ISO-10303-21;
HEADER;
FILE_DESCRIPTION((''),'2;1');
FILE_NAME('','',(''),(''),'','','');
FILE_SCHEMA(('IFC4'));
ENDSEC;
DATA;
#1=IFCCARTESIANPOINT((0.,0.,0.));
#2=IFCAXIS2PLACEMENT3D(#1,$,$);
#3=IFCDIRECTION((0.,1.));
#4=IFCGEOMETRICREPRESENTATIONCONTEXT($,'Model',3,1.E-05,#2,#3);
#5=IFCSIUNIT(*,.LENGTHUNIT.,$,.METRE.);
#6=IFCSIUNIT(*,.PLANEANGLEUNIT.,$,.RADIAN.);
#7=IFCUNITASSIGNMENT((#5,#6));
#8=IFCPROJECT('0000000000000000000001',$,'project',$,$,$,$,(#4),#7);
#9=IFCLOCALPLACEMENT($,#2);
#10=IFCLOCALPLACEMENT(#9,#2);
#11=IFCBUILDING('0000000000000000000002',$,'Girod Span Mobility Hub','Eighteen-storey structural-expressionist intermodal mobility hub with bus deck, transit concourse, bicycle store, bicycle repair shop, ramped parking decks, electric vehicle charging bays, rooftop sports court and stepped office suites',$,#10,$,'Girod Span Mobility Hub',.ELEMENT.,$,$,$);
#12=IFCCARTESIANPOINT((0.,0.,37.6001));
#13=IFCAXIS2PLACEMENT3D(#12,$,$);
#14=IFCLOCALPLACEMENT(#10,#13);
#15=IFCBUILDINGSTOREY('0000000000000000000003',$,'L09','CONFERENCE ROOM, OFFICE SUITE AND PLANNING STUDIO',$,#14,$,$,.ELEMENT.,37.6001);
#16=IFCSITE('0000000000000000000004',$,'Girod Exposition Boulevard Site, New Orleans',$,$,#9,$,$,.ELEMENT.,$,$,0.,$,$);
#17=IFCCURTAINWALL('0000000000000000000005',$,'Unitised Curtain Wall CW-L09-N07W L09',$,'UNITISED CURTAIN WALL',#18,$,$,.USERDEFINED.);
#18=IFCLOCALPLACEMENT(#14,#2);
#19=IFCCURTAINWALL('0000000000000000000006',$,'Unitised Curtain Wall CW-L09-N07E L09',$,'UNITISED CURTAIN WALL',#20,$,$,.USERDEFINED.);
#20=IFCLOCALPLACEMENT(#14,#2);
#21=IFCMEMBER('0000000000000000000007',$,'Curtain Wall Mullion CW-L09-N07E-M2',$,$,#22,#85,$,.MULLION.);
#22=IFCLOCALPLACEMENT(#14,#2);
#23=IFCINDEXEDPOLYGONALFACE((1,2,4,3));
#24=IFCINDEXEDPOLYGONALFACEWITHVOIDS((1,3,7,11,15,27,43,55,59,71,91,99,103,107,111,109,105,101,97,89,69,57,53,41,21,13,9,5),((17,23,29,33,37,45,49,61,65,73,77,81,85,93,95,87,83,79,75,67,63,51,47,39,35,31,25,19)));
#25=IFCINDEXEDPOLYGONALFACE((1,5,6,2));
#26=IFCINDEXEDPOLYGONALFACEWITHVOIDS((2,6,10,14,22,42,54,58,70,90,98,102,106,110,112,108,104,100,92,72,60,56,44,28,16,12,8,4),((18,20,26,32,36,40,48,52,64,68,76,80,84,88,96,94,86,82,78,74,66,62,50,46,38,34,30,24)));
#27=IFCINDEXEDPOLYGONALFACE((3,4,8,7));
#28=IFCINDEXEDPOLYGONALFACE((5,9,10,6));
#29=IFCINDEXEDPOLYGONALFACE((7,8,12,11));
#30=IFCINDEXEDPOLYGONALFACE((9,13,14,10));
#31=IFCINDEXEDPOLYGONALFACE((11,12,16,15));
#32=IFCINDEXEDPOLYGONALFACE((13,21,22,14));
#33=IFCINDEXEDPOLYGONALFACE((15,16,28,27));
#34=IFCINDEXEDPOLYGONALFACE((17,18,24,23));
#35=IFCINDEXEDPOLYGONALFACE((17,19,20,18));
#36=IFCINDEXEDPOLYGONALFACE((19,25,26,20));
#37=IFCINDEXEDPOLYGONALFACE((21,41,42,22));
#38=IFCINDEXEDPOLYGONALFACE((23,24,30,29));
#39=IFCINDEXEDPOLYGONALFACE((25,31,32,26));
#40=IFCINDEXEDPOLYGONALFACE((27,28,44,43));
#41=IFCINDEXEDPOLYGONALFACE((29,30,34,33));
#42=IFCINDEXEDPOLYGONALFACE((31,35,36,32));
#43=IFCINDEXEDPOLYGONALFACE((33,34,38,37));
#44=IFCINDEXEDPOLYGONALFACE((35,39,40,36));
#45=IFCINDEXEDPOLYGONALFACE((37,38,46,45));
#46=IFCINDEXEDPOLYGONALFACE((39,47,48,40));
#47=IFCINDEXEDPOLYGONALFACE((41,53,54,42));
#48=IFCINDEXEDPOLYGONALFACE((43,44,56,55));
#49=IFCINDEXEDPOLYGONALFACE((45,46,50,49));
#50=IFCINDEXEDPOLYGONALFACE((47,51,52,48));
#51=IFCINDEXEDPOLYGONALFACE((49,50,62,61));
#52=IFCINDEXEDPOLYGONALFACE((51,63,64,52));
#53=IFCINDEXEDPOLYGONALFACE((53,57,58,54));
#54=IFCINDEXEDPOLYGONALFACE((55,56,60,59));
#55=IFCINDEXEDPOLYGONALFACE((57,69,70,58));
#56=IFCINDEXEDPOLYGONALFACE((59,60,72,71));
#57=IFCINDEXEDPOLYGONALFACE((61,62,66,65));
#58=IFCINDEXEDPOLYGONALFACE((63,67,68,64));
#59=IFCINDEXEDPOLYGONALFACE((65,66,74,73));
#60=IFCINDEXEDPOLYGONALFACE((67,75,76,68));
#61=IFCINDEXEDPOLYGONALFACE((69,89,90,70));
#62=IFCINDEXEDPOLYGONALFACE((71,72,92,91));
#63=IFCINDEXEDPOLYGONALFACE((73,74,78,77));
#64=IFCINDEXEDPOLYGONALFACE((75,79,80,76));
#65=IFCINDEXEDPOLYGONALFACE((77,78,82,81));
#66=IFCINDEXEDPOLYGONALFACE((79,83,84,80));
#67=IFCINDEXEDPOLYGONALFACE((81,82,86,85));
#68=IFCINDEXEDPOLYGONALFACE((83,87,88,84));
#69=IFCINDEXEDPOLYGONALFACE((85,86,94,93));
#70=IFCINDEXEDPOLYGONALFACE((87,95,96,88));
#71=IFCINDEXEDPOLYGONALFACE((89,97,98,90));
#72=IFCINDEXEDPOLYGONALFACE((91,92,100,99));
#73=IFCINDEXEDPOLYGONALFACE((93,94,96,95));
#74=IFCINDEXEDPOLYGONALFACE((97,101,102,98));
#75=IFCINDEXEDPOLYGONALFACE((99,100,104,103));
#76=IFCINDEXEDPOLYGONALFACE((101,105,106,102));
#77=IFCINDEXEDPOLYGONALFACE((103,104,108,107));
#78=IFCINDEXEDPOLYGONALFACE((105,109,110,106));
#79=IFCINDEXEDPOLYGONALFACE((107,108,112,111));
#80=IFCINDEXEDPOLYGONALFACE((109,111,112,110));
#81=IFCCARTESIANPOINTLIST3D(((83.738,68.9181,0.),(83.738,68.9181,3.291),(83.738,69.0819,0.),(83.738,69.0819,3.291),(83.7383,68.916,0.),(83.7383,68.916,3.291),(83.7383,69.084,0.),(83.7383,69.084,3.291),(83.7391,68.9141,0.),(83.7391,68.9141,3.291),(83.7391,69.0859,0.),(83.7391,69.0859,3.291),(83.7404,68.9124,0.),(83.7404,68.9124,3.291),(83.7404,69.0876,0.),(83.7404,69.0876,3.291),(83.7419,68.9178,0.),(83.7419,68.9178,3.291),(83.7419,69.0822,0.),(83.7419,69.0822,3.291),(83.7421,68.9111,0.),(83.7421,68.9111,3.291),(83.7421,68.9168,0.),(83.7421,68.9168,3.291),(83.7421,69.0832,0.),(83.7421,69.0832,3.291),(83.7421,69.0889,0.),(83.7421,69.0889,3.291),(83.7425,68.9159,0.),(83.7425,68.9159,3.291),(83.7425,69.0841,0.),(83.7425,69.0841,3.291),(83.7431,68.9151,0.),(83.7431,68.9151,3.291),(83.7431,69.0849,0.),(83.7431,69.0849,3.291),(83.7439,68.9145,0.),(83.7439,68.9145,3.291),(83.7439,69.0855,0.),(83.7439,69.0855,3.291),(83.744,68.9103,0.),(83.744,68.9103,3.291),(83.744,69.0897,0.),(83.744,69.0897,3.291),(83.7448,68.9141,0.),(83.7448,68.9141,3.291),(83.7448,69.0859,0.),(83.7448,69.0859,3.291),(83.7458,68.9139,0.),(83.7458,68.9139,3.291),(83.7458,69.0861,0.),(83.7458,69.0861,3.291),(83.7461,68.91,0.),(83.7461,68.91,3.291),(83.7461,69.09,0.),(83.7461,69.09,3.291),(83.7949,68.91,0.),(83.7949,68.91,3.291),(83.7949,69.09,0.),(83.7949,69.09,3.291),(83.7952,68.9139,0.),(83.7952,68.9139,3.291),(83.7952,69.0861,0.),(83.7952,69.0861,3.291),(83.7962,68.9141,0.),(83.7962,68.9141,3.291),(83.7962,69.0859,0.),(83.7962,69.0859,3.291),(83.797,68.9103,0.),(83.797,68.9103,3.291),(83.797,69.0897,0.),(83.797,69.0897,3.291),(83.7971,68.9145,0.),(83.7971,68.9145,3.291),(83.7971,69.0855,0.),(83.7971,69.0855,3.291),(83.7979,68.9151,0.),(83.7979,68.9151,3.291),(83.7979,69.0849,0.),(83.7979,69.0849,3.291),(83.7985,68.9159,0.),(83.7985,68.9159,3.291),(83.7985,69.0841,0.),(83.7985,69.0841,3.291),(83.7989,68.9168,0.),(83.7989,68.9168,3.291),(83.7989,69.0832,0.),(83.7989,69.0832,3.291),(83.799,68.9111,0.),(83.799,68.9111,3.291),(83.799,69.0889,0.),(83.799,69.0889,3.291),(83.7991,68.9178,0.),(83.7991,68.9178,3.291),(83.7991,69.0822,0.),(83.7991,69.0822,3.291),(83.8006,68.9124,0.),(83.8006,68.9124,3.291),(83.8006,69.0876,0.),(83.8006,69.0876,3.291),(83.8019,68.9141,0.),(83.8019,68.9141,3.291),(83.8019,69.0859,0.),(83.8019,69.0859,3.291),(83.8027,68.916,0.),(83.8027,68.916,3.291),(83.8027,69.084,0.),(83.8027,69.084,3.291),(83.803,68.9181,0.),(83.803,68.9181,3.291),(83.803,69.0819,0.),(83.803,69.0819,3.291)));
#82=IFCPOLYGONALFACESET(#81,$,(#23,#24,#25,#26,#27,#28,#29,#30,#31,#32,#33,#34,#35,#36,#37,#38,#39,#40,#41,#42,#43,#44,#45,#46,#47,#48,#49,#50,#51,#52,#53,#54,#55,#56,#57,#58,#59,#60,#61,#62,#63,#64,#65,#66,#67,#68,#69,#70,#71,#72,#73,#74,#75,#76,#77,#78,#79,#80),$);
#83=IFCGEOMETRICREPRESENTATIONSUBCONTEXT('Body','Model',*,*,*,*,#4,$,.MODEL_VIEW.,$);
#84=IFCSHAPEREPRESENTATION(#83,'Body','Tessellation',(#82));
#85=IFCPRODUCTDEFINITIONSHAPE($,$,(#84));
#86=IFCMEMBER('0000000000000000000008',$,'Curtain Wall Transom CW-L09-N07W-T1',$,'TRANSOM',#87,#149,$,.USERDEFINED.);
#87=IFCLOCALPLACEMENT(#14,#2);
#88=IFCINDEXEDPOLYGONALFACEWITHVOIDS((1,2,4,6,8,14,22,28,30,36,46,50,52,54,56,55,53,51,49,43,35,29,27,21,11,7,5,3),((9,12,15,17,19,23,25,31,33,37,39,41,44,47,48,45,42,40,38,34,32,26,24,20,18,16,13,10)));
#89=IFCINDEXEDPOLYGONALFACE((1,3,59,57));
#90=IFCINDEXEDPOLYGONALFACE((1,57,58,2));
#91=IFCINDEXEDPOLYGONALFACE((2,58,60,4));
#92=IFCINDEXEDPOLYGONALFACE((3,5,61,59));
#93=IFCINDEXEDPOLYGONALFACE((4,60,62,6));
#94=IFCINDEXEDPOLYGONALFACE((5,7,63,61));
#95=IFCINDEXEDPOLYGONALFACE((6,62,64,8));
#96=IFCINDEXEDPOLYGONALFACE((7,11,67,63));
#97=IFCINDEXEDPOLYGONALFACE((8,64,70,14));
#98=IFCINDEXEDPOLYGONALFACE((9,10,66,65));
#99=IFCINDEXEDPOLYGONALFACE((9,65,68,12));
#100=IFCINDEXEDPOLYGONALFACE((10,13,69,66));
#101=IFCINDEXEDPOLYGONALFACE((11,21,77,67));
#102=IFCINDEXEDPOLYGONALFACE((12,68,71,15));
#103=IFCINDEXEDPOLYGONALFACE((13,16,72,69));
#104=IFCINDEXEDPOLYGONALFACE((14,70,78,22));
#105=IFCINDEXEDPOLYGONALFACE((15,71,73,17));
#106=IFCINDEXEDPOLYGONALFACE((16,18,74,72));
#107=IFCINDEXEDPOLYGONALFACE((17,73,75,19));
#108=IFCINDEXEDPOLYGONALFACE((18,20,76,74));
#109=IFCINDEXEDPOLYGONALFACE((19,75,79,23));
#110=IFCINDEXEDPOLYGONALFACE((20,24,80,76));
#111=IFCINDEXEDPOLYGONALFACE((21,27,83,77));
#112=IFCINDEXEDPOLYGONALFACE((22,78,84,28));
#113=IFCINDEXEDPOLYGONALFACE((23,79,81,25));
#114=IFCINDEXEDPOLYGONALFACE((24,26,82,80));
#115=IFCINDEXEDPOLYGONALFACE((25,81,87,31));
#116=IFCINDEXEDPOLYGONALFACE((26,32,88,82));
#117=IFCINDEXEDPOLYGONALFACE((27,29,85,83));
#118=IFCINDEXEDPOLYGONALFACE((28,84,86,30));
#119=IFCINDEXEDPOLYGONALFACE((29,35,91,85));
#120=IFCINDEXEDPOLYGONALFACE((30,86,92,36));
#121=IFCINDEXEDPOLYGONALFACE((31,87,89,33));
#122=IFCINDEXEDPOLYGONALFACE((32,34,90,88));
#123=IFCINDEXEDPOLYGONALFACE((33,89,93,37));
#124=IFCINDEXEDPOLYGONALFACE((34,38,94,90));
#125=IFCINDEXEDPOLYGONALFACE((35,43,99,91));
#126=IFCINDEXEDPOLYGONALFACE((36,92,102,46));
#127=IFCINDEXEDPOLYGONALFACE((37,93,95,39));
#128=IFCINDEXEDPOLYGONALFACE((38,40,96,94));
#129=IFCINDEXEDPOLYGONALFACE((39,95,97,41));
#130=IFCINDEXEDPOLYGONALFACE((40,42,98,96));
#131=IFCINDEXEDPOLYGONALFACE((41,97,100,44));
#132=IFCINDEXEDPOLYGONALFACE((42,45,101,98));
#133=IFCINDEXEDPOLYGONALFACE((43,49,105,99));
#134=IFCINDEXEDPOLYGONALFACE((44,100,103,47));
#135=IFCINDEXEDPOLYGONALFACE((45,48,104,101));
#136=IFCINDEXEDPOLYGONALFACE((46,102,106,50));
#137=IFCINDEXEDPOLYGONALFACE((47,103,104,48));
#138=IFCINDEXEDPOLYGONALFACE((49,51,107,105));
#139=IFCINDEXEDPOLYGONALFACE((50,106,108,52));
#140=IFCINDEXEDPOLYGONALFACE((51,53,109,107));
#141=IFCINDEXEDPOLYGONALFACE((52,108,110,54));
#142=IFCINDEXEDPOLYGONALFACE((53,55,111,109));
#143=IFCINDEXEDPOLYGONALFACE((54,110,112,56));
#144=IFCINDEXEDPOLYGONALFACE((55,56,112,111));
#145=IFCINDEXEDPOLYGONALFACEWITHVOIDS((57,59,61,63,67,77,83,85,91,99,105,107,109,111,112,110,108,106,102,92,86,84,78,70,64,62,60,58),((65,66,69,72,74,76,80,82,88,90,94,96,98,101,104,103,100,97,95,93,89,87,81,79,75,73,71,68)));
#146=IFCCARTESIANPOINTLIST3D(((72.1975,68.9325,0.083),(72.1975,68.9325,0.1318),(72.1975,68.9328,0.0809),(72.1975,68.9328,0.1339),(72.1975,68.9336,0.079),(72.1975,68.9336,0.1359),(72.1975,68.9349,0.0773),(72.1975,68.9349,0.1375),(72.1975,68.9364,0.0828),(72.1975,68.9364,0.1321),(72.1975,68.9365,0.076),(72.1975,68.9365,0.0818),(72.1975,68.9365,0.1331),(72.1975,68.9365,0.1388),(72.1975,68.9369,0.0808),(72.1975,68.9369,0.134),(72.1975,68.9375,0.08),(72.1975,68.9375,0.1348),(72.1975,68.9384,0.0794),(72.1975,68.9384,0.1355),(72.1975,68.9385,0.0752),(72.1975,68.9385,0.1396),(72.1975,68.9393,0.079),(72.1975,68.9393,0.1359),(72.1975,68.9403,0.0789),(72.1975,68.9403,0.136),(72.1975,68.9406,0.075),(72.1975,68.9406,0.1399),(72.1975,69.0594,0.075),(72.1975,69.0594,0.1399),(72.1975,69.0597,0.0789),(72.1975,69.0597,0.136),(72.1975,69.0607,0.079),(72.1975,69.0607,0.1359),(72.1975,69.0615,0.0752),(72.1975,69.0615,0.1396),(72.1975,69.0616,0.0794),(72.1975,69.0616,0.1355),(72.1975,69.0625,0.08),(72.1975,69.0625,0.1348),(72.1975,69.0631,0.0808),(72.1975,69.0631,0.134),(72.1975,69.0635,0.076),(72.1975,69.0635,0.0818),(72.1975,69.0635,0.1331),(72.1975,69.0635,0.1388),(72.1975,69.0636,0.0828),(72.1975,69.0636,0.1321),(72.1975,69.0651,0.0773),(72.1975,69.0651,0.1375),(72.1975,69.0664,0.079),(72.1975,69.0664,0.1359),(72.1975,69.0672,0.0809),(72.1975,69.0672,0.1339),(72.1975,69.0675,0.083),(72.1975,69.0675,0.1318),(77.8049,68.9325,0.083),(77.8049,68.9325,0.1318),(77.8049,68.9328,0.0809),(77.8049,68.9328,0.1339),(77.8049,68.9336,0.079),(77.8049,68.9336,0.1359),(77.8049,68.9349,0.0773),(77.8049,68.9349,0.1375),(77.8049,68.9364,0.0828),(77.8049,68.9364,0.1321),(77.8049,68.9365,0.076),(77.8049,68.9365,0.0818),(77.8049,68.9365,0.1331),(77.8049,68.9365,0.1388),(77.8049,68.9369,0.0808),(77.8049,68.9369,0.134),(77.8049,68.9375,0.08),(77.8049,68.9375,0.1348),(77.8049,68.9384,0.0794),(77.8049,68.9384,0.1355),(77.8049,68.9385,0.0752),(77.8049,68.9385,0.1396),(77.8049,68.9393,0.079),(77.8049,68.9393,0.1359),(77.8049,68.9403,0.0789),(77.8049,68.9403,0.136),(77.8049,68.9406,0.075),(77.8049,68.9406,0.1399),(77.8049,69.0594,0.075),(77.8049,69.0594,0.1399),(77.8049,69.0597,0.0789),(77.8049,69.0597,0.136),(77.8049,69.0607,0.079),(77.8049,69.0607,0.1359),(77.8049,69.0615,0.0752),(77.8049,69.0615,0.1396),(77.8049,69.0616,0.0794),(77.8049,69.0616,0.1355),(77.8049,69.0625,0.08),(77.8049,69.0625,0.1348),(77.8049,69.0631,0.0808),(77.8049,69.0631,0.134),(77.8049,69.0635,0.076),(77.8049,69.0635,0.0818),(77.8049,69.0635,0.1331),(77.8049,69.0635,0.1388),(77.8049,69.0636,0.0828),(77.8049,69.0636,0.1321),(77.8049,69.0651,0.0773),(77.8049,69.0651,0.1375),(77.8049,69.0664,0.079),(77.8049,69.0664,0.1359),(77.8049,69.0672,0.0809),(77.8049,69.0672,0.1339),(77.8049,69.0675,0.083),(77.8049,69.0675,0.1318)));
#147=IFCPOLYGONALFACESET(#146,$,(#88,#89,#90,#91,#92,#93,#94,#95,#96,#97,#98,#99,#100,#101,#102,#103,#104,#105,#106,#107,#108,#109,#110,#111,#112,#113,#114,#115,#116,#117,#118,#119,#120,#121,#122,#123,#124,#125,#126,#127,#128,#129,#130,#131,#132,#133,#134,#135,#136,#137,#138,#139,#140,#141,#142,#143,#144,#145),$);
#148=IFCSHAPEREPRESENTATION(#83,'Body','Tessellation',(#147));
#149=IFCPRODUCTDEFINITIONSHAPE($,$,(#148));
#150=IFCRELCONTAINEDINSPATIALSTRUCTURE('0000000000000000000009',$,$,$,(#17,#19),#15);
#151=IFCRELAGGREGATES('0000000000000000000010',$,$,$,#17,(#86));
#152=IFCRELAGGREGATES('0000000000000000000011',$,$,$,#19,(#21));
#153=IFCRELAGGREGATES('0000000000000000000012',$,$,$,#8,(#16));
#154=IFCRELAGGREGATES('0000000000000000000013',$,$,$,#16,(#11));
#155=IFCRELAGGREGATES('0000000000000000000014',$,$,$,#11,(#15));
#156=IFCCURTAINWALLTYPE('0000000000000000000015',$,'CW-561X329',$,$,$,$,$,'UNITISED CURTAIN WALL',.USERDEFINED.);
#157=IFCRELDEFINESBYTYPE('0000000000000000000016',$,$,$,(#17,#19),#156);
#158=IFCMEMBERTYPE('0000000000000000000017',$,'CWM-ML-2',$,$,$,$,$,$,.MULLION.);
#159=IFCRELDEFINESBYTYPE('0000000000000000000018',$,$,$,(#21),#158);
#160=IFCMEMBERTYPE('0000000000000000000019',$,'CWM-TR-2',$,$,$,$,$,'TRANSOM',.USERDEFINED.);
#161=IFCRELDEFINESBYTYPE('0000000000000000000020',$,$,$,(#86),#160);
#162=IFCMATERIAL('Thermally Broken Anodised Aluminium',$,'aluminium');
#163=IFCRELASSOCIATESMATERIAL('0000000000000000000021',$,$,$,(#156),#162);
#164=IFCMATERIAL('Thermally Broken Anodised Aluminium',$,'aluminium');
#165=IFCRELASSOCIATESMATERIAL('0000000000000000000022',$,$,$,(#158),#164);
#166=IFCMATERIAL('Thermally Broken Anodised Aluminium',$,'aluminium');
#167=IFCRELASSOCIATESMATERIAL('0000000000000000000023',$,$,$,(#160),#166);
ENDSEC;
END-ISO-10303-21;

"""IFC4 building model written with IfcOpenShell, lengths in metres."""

from ifc_helpers import new_model, si_unit, direction, frame, origin, origin_2d, place, context, subcontext, project, spatial, hollow_rectangle, extrude, material, material_profile, profile_set, type_object, element, aggregate, save


model = new_model("IFC4")

# Units and contexts
model_context = context("Model", 3, precision=1e-05, world=origin(), true_north=direction((0.0, 1.0)))
body_context = subcontext(model_context, "Body", "Model", "MODEL_VIEW")
ifc_project = project(units=[si_unit("LENGTHUNIT", "METRE"), si_unit("PLANEANGLEUNIT", "RADIAN")], contexts=[model_context])

# Site, building, storey
site_placement = place(None, origin())
site = spatial("IfcSite", under=ifc_project, at=site_placement, Name="Girod Exposition Boulevard Site, New Orleans", CompositionType="ELEMENT", RefElevation=0.0)
building_placement = place(site_placement, origin())
building = spatial("IfcBuilding", under=site, at=building_placement, Name="Girod Span Mobility Hub", Description="Eighteen-storey structural-expressionist intermodal mobility hub with bus deck, transit concourse, bicycle store, bicycle repair shop, ramped parking decks, electric vehicle charging bays, rooftop sports court and stepped office suites", LongName="Girod Span Mobility Hub", CompositionType="ELEMENT")
storey_placement = place(building_placement, frame((0.0, 0.0, 37.6001)))
storey = spatial("IfcBuildingStorey", under=building, at=storey_placement, Name="L09", Description="CONFERENCE ROOM, OFFICE SUITE AND PLANNING STUDIO", CompositionType="ELEMENT", Elevation=37.6001)

# Shared definitions
ifc_material_1 = material(Name="Thermally Broken Anodised Aluminium", Category="aluminium")
curtain_wall_type = type_object("IfcCurtainWallType", Name="CW-561X329", ElementType="UNITISED CURTAIN WALL", PredefinedType="USERDEFINED", material=ifc_material_1)
ifc_material_2 = material(Name="Thermally Broken Anodised Aluminium", Category="aluminium")
ifc_material_profile_1 = material_profile(ifc_material_2, hollow_rectangle(XDim=0.1799, YDim=0.0649, WallThickness=0.0039, InnerFilletRadius=0.0039, OuterFilletRadius=0.0081, at=origin_2d()), Name="CW-ML-65X180")
ifc_profile_set_1 = profile_set([ifc_material_profile_1], Name="Thermally Broken Anodised Aluminium")
member_type_1 = type_object("IfcMemberType", Name="CWM-ML-2", PredefinedType="MULLION", material=ifc_profile_set_1)

# Curtain walls, member
curtain_wall_1_placement = place(storey_placement, origin())
curtain_wall_1 = element("IfcCurtainWall", 1, at=curtain_wall_1_placement, inside=storey, type_object=curtain_wall_type, Name="Unitised Curtain Wall CW-L09-N07W L09", ObjectType="UNITISED CURTAIN WALL", PredefinedType="USERDEFINED")
curtain_wall_2_placement = place(storey_placement, origin())
curtain_wall_2 = element("IfcCurtainWall", 2, at=curtain_wall_2_placement, inside=storey, type_object=curtain_wall_type, Name="Unitised Curtain Wall CW-L09-N07E L09", ObjectType="UNITISED CURTAIN WALL", PredefinedType="USERDEFINED")
member_1_placement = place(storey_placement, frame((83.7705, 69.0, 0.0), z_axis=(0.0, 0.0, 1.0), x_axis=(0.0, 1.0, 0.0)))
member_1 = element("IfcMember", 3, at=member_1_placement, type_object=member_type_1, Name="Curtain Wall Mullion CW-L09-N07E-M2", PredefinedType="MULLION", context=body_context, shape_type="SweptSolid", body=[
    extrude(hollow_rectangle(XDim=0.1799, YDim=0.0649, WallThickness=0.0039, InnerFilletRadius=0.0039, OuterFilletRadius=0.0081, at=origin_2d()), origin(), (0.0, 0.0, 1.0), 3.291),
])

# Member
ifc_material_3 = material(Name="Thermally Broken Anodised Aluminium", Category="aluminium")
ifc_material_profile_2 = material_profile(ifc_material_3, hollow_rectangle(XDim=0.135, YDim=0.0649, WallThickness=0.0039, InnerFilletRadius=0.0039, OuterFilletRadius=0.0081, at=origin_2d()), Name="CW-TR-65X135")
ifc_profile_set_2 = profile_set([ifc_material_profile_2], Name="Thermally Broken Anodised Aluminium")
member_type_2 = type_object("IfcMemberType", Name="CWM-TR-2", ElementType="TRANSOM", PredefinedType="USERDEFINED", material=ifc_profile_set_2)
member_2_placement = place(storey_placement, frame((72.1975, 69.0, 0.1074), z_axis=(1.0, 0.0, 0.0), x_axis=(0.0, 1.0, 0.0)))
member_2 = element("IfcMember", 4, at=member_2_placement, type_object=member_type_2, Name="Curtain Wall Transom CW-L09-N07W-T1", ObjectType="TRANSOM", PredefinedType="USERDEFINED", context=body_context, shape_type="SweptSolid", body=[
    extrude(hollow_rectangle(XDim=0.135, YDim=0.0649, WallThickness=0.0039, InnerFilletRadius=0.0039, OuterFilletRadius=0.0081, at=origin_2d()), origin(), (0.0, 0.0, 1.0), 5.6074),
])

aggregate(curtain_wall_1, [member_2])
aggregate(curtain_wall_2, [member_1])

save(model, "model.ifc")
